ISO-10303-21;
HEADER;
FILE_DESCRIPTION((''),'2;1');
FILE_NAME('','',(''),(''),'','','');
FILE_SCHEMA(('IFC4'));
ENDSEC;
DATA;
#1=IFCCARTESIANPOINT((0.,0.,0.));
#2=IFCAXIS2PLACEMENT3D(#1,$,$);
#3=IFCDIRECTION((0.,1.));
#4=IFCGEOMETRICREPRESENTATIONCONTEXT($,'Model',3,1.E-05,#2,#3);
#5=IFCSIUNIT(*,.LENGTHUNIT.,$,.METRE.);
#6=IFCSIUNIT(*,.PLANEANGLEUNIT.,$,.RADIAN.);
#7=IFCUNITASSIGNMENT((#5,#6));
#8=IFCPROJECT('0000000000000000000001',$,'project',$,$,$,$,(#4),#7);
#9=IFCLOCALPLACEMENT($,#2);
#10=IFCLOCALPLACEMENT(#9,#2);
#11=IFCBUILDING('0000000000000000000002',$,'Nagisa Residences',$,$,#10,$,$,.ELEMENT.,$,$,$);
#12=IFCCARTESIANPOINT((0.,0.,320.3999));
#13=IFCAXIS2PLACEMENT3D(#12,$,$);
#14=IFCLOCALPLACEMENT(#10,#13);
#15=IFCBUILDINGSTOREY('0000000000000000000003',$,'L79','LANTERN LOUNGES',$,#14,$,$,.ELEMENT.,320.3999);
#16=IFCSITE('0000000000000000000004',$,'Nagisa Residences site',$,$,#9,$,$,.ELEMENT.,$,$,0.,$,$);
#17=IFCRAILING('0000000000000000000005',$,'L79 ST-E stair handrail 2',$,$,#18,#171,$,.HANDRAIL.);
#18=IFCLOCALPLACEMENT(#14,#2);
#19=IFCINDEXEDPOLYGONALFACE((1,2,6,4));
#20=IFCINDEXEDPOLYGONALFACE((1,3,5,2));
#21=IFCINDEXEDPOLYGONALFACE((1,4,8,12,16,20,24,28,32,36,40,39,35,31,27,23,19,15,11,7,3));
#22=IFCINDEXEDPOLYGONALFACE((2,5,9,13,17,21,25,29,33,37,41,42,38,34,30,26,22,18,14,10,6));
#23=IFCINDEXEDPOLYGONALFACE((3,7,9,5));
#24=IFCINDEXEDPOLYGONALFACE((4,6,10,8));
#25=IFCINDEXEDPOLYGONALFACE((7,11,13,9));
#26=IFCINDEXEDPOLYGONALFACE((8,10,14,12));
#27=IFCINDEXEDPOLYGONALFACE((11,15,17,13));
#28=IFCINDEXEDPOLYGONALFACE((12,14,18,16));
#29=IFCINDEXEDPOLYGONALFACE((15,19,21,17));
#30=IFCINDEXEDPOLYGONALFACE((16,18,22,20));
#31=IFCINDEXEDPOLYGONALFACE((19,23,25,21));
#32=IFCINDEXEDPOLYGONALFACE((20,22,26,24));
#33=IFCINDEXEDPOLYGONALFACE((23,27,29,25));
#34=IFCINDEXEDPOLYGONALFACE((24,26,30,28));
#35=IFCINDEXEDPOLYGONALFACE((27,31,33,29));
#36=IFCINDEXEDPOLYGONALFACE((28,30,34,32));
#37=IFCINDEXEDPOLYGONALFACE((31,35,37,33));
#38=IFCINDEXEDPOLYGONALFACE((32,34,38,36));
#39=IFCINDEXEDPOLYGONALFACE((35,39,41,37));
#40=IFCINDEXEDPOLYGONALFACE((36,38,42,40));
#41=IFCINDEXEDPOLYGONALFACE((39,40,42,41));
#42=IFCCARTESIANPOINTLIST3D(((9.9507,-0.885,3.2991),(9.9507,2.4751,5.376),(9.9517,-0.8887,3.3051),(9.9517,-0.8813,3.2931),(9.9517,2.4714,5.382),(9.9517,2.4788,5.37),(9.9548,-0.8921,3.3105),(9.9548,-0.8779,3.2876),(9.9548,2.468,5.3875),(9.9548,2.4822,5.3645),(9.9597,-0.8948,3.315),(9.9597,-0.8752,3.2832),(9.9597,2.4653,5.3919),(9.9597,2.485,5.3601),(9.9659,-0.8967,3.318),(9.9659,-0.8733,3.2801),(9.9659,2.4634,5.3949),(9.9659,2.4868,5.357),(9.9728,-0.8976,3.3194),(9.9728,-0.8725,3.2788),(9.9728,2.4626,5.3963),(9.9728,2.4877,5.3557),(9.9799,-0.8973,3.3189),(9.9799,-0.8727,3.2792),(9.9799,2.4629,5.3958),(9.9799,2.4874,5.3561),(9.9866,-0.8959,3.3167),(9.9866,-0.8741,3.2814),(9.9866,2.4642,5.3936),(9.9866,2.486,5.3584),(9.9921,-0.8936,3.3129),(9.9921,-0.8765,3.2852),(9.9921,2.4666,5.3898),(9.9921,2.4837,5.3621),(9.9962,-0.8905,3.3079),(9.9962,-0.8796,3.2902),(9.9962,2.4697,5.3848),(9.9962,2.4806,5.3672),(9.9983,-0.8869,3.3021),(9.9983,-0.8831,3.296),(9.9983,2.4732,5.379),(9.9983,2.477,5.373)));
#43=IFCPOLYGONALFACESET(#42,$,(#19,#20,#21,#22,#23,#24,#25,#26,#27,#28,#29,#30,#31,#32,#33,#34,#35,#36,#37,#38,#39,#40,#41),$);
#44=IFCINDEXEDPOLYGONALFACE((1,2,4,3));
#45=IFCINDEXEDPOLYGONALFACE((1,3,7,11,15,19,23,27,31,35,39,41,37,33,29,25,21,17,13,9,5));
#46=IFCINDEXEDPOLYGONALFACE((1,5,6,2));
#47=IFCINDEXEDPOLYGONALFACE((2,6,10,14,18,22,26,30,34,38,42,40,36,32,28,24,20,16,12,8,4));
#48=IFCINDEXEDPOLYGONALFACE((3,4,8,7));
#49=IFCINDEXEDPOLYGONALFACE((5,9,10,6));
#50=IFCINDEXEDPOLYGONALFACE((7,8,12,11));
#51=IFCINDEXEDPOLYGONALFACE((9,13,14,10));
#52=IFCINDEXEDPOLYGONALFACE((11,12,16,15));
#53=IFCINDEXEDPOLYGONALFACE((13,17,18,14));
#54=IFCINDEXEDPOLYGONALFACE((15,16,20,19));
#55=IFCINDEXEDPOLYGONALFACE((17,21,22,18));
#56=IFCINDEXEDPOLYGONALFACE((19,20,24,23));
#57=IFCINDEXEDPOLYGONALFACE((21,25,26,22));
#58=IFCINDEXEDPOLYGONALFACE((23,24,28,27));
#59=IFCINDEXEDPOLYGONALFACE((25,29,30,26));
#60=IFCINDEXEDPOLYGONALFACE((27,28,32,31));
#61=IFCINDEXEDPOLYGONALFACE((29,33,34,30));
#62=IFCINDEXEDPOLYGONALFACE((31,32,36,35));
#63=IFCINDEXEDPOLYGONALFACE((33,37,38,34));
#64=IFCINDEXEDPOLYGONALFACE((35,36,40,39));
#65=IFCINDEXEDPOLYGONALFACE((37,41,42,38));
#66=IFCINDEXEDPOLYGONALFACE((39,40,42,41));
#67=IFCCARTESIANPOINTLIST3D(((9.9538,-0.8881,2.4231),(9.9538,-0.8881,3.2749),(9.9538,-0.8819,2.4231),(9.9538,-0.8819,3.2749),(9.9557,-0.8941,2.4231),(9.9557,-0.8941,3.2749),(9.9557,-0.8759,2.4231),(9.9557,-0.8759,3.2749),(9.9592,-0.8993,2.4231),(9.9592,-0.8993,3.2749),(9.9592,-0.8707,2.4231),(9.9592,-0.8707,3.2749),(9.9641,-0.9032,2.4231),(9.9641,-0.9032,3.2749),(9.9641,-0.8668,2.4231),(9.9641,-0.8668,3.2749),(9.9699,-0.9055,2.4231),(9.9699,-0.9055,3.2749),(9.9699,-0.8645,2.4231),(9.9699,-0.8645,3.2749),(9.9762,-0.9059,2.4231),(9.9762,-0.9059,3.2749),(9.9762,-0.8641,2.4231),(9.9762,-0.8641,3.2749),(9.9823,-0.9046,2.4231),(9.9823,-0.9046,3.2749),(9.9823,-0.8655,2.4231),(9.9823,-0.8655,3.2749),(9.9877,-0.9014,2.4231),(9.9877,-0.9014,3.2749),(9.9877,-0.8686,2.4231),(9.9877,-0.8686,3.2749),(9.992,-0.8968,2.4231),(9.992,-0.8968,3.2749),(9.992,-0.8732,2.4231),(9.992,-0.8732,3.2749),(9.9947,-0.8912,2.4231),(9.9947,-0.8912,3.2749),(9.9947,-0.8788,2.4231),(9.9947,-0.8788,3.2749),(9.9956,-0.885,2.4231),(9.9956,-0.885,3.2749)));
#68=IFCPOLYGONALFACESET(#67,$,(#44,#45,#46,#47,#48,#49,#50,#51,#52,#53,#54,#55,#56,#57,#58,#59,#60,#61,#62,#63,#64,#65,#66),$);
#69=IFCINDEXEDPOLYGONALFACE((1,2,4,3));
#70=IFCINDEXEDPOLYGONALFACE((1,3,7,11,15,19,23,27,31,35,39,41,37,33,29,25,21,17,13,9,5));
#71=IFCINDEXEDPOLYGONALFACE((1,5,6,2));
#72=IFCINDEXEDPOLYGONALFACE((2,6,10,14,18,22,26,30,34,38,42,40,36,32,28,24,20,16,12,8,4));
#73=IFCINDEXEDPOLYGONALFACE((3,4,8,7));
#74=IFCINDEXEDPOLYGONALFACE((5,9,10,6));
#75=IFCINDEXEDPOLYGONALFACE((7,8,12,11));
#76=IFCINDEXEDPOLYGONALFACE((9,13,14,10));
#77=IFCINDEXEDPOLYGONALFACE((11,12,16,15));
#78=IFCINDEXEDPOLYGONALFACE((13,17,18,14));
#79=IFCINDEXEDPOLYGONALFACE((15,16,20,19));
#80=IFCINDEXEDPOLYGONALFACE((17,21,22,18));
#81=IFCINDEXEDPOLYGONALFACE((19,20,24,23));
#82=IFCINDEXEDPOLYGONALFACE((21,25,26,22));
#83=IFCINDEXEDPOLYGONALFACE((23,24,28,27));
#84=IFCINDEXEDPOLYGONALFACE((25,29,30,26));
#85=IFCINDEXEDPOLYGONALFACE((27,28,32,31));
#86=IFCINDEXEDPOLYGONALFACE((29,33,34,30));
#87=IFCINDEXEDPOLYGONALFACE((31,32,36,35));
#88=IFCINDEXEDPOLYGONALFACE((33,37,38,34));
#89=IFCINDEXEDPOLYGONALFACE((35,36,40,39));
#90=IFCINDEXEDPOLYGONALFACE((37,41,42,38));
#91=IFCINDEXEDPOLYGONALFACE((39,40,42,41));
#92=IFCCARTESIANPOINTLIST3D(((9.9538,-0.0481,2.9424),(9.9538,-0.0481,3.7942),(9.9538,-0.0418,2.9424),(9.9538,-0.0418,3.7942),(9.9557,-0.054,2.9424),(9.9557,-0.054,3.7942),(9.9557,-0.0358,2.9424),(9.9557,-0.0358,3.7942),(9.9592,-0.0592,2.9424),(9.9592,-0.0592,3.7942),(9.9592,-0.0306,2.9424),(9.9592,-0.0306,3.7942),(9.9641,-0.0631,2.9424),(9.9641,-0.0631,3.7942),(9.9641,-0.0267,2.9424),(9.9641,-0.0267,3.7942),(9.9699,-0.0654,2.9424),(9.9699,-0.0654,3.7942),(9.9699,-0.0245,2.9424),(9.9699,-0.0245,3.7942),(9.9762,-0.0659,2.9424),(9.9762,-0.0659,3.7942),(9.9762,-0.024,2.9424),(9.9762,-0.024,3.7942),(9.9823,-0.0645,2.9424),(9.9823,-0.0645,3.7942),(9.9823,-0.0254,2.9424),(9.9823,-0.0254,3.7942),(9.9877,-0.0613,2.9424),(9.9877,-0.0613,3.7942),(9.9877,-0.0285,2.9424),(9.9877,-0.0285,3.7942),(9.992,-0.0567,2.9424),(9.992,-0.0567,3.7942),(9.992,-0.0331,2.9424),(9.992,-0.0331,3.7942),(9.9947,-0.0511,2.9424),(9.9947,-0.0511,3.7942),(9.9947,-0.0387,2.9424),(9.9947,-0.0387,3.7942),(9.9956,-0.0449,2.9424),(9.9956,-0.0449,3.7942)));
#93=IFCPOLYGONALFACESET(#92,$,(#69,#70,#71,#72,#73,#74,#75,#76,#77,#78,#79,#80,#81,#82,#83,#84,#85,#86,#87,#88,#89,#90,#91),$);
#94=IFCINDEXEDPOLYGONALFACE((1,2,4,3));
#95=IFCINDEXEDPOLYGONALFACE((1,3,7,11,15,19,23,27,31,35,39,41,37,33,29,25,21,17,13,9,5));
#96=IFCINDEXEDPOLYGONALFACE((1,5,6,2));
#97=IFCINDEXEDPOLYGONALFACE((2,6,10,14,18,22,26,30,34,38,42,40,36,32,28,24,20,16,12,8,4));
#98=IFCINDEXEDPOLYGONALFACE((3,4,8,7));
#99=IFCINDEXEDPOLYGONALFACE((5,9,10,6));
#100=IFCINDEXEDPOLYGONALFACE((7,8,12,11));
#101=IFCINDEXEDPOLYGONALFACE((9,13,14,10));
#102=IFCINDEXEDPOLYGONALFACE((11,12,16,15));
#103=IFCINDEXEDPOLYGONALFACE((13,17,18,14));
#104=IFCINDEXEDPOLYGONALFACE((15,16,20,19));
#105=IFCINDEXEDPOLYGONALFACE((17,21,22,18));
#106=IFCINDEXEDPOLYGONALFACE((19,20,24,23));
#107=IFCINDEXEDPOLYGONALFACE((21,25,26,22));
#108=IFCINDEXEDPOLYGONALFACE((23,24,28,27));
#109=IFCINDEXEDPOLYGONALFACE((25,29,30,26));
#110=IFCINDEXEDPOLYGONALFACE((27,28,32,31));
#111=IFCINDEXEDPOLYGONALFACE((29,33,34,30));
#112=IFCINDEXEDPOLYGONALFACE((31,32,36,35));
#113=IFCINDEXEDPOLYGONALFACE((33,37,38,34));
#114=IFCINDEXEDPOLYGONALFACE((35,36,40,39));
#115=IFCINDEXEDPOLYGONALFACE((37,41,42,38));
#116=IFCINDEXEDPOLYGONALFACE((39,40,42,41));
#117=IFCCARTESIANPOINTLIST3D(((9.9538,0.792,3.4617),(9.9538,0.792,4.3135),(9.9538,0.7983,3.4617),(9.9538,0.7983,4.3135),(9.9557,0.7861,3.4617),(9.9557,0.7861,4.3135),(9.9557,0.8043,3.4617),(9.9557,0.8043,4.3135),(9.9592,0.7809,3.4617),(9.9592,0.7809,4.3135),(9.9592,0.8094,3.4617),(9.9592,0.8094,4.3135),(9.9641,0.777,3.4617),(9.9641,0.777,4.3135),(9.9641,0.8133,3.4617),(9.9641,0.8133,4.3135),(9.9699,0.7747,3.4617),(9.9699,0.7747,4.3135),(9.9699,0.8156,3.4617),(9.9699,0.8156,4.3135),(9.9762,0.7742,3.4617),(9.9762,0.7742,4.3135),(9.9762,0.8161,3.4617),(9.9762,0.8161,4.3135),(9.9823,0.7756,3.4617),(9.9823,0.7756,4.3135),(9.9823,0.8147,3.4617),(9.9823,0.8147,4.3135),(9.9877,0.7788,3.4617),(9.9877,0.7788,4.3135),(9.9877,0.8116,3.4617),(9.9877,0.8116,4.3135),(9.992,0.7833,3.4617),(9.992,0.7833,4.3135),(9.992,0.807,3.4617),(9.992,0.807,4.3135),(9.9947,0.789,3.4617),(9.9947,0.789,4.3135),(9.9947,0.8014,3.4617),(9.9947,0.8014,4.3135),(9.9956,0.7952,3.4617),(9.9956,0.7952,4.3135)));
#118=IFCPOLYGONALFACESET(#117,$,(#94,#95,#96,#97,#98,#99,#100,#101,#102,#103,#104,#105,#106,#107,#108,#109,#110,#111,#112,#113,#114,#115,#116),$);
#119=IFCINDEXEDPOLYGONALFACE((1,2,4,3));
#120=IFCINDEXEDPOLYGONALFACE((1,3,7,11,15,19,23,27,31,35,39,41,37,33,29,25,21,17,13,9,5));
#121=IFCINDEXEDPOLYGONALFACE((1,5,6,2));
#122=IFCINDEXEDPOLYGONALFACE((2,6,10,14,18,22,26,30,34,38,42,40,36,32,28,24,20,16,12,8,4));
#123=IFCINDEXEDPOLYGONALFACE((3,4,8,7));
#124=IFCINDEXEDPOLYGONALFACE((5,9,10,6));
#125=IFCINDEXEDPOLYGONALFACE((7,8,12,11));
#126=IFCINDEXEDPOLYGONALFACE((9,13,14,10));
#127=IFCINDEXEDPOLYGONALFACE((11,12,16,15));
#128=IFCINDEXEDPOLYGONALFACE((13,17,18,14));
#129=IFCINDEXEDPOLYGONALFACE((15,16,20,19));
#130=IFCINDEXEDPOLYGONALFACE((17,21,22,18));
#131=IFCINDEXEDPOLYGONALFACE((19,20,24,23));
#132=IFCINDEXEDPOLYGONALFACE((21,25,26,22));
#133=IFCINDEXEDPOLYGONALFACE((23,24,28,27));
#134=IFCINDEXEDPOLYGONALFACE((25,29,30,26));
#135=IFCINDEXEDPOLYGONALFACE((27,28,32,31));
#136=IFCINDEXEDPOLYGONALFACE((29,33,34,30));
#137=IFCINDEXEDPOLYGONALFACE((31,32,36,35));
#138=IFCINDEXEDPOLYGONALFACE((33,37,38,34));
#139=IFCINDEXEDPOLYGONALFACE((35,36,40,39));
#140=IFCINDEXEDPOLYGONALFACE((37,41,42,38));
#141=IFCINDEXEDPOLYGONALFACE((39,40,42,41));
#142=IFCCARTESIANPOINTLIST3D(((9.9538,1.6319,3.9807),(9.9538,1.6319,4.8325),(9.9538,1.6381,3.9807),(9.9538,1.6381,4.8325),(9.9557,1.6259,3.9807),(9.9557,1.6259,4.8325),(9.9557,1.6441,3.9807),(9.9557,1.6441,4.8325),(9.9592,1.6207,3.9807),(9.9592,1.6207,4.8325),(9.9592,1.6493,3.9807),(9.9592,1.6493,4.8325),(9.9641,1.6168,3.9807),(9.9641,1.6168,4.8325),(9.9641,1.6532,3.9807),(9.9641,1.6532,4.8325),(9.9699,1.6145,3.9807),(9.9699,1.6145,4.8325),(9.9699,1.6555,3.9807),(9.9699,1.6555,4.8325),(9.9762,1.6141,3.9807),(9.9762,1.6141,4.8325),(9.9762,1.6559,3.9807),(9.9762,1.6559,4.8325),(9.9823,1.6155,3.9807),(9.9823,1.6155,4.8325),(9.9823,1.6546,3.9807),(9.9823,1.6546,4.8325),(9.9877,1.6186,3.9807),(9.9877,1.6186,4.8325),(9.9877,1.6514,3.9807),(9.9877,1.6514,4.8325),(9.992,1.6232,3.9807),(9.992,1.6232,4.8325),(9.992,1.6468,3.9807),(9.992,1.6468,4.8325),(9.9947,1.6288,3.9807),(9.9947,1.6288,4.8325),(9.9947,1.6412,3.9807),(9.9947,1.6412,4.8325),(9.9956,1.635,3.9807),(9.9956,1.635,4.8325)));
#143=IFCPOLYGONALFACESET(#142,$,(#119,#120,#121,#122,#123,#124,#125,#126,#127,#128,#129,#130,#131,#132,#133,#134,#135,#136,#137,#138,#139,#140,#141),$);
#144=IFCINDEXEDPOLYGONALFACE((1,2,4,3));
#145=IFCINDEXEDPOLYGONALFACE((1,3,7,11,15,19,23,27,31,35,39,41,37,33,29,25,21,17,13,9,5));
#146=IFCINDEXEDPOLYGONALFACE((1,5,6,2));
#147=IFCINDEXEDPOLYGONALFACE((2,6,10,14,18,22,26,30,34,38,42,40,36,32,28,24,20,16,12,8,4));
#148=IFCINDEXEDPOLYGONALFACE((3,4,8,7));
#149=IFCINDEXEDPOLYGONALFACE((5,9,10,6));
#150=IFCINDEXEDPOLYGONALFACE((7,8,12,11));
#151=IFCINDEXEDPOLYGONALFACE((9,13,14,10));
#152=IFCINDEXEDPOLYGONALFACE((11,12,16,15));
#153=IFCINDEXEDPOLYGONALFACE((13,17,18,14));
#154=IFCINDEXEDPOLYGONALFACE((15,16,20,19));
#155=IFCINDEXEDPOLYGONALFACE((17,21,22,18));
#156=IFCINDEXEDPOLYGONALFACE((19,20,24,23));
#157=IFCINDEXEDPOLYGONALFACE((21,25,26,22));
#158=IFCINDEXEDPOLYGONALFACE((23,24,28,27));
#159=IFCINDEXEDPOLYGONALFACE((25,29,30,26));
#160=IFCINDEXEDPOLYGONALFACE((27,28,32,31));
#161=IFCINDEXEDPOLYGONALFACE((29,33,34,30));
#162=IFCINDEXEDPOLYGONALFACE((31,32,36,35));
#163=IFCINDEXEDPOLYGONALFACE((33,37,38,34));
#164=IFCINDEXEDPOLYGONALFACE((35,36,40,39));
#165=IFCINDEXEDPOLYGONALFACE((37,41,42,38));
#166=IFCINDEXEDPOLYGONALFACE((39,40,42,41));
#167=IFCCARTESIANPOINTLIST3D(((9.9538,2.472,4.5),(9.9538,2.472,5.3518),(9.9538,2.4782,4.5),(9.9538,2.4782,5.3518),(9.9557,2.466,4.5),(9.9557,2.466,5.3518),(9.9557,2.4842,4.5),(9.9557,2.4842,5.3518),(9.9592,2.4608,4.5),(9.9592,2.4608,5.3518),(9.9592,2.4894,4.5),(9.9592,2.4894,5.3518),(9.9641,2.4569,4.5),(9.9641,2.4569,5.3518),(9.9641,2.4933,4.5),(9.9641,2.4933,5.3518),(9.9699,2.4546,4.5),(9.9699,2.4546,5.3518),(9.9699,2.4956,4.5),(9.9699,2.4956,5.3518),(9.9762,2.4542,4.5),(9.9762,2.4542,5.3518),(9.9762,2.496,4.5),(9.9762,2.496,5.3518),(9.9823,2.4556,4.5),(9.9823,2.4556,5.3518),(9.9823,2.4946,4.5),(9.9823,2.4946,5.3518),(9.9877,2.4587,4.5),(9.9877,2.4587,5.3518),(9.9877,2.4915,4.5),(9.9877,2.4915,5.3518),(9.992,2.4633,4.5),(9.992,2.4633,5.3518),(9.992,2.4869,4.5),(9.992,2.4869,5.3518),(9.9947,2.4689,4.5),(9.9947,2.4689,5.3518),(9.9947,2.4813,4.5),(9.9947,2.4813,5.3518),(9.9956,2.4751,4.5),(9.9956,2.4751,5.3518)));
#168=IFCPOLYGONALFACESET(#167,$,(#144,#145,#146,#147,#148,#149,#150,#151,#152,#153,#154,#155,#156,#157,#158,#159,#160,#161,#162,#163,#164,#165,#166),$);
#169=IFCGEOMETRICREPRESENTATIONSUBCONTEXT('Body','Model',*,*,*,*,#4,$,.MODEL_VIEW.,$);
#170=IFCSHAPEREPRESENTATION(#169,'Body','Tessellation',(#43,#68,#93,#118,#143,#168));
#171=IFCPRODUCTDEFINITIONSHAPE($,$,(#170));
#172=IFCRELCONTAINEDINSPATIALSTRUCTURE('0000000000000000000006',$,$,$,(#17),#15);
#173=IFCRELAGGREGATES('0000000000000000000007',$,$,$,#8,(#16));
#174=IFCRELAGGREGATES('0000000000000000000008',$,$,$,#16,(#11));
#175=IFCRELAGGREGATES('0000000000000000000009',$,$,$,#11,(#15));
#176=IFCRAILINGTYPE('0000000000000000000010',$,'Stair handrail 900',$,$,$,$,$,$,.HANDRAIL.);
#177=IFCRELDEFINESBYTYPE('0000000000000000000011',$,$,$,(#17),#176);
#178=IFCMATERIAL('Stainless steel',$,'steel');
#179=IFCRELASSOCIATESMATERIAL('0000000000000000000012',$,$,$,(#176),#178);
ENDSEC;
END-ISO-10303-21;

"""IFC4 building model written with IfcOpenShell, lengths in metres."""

from ifc_helpers import new_model, si_unit, direction, frame, origin, origin_2d, place, context, subcontext, project, spatial, circle, extrude, material, type_object, element, save


model = new_model("IFC4")

# Units and contexts
model_context = context("Model", 3, precision=1e-05, world=origin(), true_north=direction((0.0, 1.0)))
body_context = subcontext(model_context, "Body", "Model", "MODEL_VIEW")
ifc_project = project(units=[si_unit("LENGTHUNIT", "METRE"), si_unit("PLANEANGLEUNIT", "RADIAN")], contexts=[model_context])

# Site, building, storey
site_placement = place(None, origin())
site = spatial("IfcSite", under=ifc_project, at=site_placement, Name="Nagisa Residences site", CompositionType="ELEMENT", RefElevation=0.0)
building_placement = place(site_placement, origin())
building = spatial("IfcBuilding", under=site, at=building_placement, Name="Nagisa Residences", CompositionType="ELEMENT")
storey_placement = place(building_placement, frame((0.0, 0.0, 320.3999)))
storey = spatial("IfcBuildingStorey", under=building, at=storey_placement, Name="L79", Description="LANTERN LOUNGES", CompositionType="ELEMENT", Elevation=320.3999)

# Railing
ifc_material_1 = material(Name="Stainless steel", Category="steel")
railing_type_1 = type_object("IfcRailingType", Name="Stair handrail 900", PredefinedType="HANDRAIL", material=ifc_material_1)
railing_1_placement = place(storey_placement, frame((9.9746, -0.885, 2.4231)))
element("IfcRailing", 1, at=railing_1_placement, inside=storey, type_object=railing_type_1, Name="L79 ST-E stair handrail 2", PredefinedType="HANDRAIL", context=body_context, shape_type="SweptSolid", body=[
    extrude(circle(Radius=0.0239, at=origin_2d()), frame((0.0, 0.0, 0.876), z_axis=(0.0, 0.850623, 0.525776), x_axis=(-1.0, 0.0, 0.0)), (0.0, 0.0, 1.0), 3.9502),
    extrude(circle(Radius=0.021, at=origin_2d()), origin(), (0.0, 0.0, 1.0), 0.8518),
    extrude(circle(Radius=0.021, at=origin_2d()), frame((0.0, 0.8401, 0.5193)), (0.0, 0.0, 1.0), 0.8518),
    extrude(circle(Radius=0.021, at=origin_2d()), frame((0.0, 1.6802, 1.0386)), (0.0, 0.0, 1.0), 0.8518),
    extrude(circle(Radius=0.021, at=origin_2d()), frame((0.0, 2.52, 1.5576)), (0.0, 0.0, 1.0), 0.8518),
    extrude(circle(Radius=0.021, at=origin_2d()), frame((0.0, 3.3601, 2.0769)), (0.0, 0.0, 1.0), 0.8518),
])

save(model, "model.ifc")
